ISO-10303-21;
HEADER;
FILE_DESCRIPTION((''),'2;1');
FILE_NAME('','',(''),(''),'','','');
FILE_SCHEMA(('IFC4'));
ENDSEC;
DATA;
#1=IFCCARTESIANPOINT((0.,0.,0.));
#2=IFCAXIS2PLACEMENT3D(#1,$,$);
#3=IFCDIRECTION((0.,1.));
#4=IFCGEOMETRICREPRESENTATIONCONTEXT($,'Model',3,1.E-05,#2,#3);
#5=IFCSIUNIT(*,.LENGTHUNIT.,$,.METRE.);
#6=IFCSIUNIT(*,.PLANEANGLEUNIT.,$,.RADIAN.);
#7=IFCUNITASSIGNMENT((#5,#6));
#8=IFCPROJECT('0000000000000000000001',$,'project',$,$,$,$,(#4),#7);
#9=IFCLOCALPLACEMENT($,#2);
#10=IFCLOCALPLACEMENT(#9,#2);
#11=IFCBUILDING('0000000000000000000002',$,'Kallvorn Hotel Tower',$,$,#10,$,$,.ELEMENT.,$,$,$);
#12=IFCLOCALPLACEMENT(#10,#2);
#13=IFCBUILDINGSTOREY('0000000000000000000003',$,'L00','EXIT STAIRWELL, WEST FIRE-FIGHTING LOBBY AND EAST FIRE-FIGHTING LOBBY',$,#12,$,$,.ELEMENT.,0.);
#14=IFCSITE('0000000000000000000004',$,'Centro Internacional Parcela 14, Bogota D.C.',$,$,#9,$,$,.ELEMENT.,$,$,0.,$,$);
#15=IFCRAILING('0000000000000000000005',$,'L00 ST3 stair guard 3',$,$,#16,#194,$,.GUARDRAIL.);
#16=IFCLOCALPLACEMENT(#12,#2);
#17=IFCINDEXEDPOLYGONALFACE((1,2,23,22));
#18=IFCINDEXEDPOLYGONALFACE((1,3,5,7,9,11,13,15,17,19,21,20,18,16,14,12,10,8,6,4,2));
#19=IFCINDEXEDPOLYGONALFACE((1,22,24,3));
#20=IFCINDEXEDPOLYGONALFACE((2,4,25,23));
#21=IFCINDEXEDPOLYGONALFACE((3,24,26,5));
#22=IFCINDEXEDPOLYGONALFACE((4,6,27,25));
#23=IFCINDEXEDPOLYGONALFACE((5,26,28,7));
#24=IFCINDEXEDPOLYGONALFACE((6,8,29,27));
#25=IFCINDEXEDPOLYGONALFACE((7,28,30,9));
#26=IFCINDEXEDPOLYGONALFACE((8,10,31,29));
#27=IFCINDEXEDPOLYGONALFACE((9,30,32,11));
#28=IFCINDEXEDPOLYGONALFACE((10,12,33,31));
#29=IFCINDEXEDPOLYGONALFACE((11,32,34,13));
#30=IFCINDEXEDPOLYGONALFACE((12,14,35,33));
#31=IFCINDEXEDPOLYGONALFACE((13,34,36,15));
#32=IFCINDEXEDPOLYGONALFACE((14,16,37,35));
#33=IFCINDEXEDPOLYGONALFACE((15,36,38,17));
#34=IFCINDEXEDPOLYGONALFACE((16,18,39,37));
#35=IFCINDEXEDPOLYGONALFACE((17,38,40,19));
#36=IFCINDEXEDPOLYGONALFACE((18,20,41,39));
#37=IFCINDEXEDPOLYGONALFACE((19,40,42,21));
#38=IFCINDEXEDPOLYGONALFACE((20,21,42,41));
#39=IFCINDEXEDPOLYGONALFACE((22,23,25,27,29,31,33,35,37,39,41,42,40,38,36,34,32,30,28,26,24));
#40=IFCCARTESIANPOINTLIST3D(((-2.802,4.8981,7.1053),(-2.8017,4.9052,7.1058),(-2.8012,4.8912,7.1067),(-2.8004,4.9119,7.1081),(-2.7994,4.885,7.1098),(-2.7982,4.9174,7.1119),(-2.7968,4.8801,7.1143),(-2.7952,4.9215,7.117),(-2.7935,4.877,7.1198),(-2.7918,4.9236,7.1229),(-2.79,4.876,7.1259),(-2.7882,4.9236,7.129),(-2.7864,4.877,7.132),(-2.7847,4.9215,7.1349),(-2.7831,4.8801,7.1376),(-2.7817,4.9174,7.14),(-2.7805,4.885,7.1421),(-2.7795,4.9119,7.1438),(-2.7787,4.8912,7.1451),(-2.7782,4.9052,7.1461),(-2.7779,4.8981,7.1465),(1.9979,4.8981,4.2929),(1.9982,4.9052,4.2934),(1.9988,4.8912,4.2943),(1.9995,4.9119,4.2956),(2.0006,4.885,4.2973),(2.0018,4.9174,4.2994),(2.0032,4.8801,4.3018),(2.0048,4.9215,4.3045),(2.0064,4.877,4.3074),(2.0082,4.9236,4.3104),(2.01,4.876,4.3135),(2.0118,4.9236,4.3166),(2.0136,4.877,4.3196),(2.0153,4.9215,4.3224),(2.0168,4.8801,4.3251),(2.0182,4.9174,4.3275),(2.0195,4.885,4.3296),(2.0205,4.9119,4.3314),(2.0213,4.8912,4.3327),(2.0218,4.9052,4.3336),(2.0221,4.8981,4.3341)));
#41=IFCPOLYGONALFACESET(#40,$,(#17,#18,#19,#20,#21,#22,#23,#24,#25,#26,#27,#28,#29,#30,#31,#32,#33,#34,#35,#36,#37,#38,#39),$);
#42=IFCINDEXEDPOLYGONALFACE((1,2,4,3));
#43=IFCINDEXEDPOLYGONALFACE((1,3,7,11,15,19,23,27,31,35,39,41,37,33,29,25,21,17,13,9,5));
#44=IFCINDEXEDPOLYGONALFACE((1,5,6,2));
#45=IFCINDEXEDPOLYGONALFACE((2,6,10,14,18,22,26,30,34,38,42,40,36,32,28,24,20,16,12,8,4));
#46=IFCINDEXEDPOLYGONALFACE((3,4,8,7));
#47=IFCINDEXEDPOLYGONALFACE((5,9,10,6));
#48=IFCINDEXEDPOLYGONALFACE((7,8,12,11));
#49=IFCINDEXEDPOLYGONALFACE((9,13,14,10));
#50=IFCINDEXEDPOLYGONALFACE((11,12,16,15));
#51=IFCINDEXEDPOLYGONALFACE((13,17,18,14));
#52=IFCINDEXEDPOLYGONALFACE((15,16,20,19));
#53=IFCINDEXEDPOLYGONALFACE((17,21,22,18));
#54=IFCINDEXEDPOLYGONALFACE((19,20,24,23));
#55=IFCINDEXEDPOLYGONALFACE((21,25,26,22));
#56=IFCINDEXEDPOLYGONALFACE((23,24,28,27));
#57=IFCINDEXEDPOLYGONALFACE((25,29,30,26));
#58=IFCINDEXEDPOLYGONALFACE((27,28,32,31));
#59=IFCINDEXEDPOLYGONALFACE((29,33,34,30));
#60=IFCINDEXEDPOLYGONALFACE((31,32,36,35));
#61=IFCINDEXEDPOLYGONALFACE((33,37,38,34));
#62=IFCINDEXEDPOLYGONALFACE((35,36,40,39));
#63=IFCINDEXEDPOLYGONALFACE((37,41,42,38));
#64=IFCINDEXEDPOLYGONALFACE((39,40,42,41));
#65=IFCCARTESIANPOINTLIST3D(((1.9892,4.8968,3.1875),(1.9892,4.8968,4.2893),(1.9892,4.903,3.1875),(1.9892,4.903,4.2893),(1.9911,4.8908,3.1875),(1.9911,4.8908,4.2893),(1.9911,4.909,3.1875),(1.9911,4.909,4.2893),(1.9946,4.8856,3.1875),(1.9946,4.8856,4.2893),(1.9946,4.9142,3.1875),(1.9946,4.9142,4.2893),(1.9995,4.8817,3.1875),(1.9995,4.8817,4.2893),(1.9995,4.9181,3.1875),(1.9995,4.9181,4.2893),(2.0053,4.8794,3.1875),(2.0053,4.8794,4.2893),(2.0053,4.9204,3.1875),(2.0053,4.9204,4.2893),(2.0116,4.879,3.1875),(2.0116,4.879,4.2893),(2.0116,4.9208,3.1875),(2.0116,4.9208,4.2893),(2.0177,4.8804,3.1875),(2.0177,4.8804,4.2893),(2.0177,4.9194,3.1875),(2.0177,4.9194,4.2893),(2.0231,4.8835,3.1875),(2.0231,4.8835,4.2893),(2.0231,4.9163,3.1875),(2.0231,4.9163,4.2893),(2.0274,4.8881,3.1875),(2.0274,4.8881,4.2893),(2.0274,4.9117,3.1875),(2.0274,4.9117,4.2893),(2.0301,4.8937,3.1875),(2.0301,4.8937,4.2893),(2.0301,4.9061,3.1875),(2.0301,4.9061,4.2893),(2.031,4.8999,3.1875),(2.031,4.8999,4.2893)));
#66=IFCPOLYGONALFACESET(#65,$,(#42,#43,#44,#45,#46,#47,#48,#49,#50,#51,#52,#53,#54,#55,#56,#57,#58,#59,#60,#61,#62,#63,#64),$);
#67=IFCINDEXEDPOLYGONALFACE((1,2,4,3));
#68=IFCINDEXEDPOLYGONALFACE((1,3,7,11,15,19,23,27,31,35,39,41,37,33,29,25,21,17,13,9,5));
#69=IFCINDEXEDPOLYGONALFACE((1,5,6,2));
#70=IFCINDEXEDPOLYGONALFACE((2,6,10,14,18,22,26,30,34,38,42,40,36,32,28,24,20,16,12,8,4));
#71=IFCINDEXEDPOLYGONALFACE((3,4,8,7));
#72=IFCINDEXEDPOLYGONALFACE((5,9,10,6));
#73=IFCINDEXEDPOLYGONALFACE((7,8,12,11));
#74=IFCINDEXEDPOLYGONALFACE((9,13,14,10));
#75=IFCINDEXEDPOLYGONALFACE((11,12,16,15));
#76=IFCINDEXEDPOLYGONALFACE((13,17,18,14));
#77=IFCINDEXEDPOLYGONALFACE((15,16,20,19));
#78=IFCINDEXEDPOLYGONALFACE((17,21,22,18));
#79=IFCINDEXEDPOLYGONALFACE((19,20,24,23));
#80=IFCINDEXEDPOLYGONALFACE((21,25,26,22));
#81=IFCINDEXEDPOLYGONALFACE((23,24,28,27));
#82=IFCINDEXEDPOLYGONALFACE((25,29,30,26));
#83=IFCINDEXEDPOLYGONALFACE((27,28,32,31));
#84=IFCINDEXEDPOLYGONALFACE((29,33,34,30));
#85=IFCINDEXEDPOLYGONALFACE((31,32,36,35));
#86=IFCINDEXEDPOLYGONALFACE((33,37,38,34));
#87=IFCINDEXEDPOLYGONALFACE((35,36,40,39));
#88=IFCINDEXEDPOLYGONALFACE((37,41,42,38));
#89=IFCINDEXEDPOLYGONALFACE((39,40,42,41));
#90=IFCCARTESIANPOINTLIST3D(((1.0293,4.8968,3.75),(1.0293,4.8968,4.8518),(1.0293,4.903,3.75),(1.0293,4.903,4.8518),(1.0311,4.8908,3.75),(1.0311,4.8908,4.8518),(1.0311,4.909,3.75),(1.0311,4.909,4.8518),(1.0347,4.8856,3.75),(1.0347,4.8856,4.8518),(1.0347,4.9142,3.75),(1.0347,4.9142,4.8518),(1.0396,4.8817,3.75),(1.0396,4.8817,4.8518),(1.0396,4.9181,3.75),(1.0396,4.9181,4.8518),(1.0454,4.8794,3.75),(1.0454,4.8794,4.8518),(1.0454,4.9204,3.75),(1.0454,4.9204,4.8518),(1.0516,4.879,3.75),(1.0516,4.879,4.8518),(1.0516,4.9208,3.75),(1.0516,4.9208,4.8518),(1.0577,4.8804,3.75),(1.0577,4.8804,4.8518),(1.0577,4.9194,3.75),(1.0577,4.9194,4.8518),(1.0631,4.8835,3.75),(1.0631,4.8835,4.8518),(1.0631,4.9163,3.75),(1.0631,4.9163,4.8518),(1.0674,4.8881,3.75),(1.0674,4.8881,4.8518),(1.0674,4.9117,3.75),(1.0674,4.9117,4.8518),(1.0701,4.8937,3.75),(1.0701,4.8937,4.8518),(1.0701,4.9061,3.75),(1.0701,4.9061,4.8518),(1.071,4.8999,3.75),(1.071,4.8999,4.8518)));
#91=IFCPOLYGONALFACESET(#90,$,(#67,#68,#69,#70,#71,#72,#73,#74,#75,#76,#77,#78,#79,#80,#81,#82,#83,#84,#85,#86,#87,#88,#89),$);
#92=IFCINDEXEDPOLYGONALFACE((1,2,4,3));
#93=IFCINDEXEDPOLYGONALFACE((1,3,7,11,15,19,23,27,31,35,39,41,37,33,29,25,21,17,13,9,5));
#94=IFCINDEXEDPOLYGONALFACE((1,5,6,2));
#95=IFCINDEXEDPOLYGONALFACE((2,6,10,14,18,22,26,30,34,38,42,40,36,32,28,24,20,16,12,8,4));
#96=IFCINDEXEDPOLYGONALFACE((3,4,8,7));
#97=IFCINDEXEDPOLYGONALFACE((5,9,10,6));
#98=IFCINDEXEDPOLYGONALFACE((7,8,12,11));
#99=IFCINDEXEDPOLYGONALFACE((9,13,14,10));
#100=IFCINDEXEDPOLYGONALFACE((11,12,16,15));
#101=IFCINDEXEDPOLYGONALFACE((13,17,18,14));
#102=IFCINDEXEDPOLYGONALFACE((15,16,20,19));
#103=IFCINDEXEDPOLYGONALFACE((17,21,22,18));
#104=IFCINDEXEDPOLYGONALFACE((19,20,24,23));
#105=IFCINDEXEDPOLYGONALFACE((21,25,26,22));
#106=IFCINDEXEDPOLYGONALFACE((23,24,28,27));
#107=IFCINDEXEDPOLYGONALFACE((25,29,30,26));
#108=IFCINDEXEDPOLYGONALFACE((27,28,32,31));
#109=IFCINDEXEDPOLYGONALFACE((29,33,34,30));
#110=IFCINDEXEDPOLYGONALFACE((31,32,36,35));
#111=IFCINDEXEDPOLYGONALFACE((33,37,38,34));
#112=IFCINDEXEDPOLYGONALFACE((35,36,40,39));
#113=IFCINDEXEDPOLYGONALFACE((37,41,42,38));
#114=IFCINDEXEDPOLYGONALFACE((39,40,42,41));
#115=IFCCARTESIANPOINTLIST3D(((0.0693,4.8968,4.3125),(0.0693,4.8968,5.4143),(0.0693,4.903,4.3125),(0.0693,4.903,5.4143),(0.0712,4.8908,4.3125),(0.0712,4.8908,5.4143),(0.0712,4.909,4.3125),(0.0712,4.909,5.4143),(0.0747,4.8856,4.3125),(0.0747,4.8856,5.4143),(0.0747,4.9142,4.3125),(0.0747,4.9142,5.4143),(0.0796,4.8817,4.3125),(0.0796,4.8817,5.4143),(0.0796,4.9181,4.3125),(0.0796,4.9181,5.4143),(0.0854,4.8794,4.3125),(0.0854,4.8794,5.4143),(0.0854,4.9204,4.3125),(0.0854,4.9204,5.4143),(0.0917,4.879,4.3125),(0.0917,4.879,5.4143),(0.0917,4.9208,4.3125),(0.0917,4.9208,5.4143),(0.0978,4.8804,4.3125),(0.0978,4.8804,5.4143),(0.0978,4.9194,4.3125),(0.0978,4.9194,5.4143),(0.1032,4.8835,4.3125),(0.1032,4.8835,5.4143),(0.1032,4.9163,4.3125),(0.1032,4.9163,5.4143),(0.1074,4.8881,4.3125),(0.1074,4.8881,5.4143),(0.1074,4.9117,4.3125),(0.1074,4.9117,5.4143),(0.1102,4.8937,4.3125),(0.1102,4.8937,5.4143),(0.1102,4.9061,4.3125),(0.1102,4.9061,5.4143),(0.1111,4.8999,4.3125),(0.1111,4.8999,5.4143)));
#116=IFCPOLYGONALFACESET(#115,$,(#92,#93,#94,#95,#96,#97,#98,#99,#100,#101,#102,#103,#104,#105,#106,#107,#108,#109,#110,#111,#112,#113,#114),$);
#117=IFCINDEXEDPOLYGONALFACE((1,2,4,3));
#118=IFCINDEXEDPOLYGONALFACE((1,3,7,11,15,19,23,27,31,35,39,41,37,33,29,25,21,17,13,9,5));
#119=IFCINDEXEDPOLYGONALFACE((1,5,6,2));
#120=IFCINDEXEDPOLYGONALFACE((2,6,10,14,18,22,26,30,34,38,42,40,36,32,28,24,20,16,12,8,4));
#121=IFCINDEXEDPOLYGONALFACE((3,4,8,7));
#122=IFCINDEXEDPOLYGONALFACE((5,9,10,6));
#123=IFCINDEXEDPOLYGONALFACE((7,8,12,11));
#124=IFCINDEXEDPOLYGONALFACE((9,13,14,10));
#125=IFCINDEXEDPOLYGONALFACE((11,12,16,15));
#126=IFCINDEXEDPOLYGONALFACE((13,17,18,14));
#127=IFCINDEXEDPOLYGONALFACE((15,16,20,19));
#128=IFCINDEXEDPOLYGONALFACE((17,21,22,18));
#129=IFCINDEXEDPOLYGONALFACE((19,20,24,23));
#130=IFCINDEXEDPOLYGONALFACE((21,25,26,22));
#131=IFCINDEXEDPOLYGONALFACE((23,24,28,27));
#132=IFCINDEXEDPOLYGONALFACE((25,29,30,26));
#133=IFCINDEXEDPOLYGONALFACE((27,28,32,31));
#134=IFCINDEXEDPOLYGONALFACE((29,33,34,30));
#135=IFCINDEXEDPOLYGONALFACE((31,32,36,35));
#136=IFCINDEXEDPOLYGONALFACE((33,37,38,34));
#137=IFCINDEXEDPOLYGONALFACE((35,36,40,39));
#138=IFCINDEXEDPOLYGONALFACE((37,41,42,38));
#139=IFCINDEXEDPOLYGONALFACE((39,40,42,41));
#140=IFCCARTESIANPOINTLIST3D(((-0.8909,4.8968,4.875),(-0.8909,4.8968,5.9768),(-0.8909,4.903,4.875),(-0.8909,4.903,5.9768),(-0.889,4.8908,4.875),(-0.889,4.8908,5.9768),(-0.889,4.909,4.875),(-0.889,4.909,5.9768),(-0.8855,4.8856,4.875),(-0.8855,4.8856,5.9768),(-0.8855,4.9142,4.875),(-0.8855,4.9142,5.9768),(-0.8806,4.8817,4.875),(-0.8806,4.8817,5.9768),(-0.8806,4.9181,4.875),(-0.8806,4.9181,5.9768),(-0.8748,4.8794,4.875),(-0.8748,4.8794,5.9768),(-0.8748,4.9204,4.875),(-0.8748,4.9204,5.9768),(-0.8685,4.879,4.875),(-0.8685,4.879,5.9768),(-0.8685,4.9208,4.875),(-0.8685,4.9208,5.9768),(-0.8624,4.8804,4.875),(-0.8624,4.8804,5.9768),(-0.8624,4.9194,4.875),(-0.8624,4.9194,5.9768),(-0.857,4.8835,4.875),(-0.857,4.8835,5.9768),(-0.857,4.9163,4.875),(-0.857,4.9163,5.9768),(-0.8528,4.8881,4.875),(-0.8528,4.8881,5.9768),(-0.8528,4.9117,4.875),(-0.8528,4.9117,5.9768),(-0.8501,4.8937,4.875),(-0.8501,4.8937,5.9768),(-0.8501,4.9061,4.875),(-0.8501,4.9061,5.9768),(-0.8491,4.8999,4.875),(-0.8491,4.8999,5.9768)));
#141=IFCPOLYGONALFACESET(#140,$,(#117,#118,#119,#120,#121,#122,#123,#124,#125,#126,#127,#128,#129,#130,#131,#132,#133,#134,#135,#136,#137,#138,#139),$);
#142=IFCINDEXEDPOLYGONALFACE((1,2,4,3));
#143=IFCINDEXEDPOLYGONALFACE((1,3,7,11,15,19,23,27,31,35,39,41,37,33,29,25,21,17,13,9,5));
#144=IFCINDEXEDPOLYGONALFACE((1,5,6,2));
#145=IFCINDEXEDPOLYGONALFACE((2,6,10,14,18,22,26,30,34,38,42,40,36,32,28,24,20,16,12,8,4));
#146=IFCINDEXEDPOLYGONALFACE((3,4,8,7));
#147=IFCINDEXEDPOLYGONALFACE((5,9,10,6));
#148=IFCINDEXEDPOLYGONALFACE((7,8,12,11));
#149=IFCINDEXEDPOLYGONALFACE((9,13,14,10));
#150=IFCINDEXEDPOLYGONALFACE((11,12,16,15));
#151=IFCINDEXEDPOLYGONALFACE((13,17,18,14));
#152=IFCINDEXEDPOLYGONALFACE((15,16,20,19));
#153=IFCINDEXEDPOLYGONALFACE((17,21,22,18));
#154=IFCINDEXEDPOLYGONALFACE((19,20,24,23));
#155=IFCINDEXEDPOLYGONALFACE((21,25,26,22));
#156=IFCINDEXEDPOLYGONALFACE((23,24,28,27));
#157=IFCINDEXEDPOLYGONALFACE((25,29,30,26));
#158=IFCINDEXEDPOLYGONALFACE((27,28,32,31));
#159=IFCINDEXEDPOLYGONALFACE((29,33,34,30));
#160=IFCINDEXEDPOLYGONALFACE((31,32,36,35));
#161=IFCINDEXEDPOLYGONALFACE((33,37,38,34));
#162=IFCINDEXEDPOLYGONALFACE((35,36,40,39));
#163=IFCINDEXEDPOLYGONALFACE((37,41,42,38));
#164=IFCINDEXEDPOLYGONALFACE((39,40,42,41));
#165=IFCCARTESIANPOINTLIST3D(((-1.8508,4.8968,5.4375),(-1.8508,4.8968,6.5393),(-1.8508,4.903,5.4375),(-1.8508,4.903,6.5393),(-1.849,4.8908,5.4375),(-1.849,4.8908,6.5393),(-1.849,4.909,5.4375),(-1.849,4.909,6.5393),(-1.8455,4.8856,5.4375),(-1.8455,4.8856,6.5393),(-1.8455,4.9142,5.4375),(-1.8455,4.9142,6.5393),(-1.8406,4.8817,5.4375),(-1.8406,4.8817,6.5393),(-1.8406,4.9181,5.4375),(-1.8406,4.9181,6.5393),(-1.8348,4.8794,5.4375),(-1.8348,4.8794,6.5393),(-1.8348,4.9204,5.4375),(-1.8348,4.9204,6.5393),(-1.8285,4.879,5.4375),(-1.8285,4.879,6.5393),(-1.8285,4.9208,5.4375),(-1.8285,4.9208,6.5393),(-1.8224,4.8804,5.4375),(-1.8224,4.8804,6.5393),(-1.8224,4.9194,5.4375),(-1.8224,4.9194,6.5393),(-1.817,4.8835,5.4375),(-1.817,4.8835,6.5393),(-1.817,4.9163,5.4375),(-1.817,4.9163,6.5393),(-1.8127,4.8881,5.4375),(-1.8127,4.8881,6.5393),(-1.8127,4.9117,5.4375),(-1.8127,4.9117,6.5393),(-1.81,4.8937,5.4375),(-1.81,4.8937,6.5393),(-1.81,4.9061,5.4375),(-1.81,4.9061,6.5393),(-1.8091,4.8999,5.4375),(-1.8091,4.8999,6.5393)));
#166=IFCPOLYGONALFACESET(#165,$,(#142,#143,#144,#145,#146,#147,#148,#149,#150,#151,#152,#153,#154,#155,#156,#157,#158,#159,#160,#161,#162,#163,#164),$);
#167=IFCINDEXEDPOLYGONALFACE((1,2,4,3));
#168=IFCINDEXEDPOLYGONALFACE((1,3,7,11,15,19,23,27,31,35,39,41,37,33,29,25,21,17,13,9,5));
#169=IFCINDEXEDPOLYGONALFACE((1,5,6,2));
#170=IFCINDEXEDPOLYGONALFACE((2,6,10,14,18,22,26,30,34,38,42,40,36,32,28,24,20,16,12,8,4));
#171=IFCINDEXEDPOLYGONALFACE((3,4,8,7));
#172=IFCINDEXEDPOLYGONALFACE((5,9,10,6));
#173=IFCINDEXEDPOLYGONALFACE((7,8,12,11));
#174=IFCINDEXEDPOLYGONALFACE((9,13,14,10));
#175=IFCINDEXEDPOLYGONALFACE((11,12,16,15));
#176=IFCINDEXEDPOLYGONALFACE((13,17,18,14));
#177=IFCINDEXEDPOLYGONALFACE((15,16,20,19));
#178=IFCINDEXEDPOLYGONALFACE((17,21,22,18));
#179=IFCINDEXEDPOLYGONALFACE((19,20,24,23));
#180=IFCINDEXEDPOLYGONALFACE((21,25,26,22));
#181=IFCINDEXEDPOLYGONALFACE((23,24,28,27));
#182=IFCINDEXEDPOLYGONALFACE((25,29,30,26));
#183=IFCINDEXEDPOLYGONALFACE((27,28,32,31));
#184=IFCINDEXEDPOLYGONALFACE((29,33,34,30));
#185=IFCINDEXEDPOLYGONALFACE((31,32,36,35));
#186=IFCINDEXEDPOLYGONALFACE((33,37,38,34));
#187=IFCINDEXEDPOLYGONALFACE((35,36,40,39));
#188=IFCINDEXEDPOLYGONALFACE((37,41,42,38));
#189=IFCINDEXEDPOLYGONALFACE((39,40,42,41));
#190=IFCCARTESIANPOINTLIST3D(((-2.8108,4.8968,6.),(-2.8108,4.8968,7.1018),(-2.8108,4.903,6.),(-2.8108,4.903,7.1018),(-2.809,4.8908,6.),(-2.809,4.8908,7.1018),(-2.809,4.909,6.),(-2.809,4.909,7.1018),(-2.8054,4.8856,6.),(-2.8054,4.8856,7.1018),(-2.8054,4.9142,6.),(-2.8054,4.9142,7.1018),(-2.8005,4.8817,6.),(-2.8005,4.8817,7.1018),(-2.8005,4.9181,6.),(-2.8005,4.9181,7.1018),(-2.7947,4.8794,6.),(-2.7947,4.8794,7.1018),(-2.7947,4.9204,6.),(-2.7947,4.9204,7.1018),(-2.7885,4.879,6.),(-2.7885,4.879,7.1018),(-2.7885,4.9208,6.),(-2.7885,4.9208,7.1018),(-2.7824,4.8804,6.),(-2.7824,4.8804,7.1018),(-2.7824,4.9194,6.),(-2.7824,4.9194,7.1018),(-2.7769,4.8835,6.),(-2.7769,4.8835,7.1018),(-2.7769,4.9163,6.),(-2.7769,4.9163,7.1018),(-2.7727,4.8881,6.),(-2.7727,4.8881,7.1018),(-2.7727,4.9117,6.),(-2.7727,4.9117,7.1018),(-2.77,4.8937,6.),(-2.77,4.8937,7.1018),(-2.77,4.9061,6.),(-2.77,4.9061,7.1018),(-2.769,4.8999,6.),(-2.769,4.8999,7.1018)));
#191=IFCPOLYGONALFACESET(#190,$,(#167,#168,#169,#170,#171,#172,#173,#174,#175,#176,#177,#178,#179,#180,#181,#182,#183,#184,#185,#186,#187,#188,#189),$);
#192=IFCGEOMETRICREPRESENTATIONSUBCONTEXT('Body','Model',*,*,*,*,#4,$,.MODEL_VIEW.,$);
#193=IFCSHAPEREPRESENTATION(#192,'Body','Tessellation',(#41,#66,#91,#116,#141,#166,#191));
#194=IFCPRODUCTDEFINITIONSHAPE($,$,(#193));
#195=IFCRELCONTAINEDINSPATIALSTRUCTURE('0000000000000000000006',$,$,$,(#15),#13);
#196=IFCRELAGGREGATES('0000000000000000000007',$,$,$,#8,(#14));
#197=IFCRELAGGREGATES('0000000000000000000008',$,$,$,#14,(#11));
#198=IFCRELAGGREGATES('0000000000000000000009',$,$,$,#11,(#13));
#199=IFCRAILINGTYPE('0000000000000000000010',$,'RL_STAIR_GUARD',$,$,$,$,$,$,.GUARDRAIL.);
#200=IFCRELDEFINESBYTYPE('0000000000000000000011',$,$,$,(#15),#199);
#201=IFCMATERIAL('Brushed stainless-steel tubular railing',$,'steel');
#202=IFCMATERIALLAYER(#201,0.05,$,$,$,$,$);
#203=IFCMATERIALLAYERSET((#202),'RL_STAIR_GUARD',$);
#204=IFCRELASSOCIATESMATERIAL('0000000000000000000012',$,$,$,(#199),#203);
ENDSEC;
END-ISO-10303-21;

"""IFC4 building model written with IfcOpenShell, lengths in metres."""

from ifc_helpers import new_model, si_unit, direction, frame, origin, origin_2d, place, context, subcontext, project, spatial, circle, extrude, material, layer, layer_set, type_object, element, save


model = new_model("IFC4")

# Units and contexts
model_context = context("Model", 3, precision=1e-05, world=origin(), true_north=direction((0.0, 1.0)))
body_context = subcontext(model_context, "Body", "Model", "MODEL_VIEW")
ifc_project = project(units=[si_unit("LENGTHUNIT", "METRE"), si_unit("PLANEANGLEUNIT", "RADIAN")], contexts=[model_context])

# Site, building, storey
site_placement = place(None, origin())
site = spatial("IfcSite", under=ifc_project, at=site_placement, Name="Centro Internacional Parcela 14, Bogota D.C.", CompositionType="ELEMENT", RefElevation=0.0)
building_placement = place(site_placement, origin())
building = spatial("IfcBuilding", under=site, at=building_placement, Name="Kallvorn Hotel Tower", CompositionType="ELEMENT")
storey_placement = place(building_placement, origin())
storey = spatial("IfcBuildingStorey", under=building, at=storey_placement, Name="L00", Description="EXIT STAIRWELL, WEST FIRE-FIGHTING LOBBY AND EAST FIRE-FIGHTING LOBBY", CompositionType="ELEMENT", Elevation=0.0)

# Railing
ifc_material_1 = material(Name="Brushed stainless-steel tubular railing", Category="steel")
ifc_layer_1 = layer(ifc_material_1, 0.05)
ifc_layer_set_1 = layer_set([ifc_layer_1], Name="RL_STAIR_GUARD")
railing_type_1 = type_object("IfcRailingType", Name="RL_STAIR_GUARD", PredefinedType="GUARDRAIL", material=ifc_layer_set_1)
railing_1_placement = place(storey_placement, frame((2.01, 4.8999, 3.1875)))
element("IfcRailing", 1, at=railing_1_placement, inside=storey, type_object=railing_type_1, Name="L00 ST3 stair guard 3", PredefinedType="GUARDRAIL", context=body_context, shape_type="SweptSolid", body=[
    extrude(circle(Radius=0.0239, at=origin_2d()), frame((0.0, 0.0, 1.126), z_axis=(-0.862802, 0.0, 0.505543), x_axis=(0.0, -1.0, 0.0)), (0.0, 0.0, 1.0), 5.5632),
    extrude(circle(Radius=0.021, at=origin_2d()), origin(), (0.0, 0.0, 1.0), 1.1018),
    extrude(circle(Radius=0.021, at=origin_2d()), frame((-0.96, 0.0, 0.5625)), (0.0, 0.0, 1.0), 1.1018),
    extrude(circle(Radius=0.021, at=origin_2d()), frame((-1.9199, 0.0, 1.125)), (0.0, 0.0, 1.0), 1.1018),
    extrude(circle(Radius=0.021, at=origin_2d()), frame((-2.8801, 0.0, 1.6875)), (0.0, 0.0, 1.0), 1.1018),
    extrude(circle(Radius=0.021, at=origin_2d()), frame((-3.8401, 0.0, 2.25)), (0.0, 0.0, 1.0), 1.1018),
    extrude(circle(Radius=0.021, at=origin_2d()), frame((-4.8, 0.0, 2.8125)), (0.0, 0.0, 1.0), 1.1018),
])

save(model, "model.ifc")
